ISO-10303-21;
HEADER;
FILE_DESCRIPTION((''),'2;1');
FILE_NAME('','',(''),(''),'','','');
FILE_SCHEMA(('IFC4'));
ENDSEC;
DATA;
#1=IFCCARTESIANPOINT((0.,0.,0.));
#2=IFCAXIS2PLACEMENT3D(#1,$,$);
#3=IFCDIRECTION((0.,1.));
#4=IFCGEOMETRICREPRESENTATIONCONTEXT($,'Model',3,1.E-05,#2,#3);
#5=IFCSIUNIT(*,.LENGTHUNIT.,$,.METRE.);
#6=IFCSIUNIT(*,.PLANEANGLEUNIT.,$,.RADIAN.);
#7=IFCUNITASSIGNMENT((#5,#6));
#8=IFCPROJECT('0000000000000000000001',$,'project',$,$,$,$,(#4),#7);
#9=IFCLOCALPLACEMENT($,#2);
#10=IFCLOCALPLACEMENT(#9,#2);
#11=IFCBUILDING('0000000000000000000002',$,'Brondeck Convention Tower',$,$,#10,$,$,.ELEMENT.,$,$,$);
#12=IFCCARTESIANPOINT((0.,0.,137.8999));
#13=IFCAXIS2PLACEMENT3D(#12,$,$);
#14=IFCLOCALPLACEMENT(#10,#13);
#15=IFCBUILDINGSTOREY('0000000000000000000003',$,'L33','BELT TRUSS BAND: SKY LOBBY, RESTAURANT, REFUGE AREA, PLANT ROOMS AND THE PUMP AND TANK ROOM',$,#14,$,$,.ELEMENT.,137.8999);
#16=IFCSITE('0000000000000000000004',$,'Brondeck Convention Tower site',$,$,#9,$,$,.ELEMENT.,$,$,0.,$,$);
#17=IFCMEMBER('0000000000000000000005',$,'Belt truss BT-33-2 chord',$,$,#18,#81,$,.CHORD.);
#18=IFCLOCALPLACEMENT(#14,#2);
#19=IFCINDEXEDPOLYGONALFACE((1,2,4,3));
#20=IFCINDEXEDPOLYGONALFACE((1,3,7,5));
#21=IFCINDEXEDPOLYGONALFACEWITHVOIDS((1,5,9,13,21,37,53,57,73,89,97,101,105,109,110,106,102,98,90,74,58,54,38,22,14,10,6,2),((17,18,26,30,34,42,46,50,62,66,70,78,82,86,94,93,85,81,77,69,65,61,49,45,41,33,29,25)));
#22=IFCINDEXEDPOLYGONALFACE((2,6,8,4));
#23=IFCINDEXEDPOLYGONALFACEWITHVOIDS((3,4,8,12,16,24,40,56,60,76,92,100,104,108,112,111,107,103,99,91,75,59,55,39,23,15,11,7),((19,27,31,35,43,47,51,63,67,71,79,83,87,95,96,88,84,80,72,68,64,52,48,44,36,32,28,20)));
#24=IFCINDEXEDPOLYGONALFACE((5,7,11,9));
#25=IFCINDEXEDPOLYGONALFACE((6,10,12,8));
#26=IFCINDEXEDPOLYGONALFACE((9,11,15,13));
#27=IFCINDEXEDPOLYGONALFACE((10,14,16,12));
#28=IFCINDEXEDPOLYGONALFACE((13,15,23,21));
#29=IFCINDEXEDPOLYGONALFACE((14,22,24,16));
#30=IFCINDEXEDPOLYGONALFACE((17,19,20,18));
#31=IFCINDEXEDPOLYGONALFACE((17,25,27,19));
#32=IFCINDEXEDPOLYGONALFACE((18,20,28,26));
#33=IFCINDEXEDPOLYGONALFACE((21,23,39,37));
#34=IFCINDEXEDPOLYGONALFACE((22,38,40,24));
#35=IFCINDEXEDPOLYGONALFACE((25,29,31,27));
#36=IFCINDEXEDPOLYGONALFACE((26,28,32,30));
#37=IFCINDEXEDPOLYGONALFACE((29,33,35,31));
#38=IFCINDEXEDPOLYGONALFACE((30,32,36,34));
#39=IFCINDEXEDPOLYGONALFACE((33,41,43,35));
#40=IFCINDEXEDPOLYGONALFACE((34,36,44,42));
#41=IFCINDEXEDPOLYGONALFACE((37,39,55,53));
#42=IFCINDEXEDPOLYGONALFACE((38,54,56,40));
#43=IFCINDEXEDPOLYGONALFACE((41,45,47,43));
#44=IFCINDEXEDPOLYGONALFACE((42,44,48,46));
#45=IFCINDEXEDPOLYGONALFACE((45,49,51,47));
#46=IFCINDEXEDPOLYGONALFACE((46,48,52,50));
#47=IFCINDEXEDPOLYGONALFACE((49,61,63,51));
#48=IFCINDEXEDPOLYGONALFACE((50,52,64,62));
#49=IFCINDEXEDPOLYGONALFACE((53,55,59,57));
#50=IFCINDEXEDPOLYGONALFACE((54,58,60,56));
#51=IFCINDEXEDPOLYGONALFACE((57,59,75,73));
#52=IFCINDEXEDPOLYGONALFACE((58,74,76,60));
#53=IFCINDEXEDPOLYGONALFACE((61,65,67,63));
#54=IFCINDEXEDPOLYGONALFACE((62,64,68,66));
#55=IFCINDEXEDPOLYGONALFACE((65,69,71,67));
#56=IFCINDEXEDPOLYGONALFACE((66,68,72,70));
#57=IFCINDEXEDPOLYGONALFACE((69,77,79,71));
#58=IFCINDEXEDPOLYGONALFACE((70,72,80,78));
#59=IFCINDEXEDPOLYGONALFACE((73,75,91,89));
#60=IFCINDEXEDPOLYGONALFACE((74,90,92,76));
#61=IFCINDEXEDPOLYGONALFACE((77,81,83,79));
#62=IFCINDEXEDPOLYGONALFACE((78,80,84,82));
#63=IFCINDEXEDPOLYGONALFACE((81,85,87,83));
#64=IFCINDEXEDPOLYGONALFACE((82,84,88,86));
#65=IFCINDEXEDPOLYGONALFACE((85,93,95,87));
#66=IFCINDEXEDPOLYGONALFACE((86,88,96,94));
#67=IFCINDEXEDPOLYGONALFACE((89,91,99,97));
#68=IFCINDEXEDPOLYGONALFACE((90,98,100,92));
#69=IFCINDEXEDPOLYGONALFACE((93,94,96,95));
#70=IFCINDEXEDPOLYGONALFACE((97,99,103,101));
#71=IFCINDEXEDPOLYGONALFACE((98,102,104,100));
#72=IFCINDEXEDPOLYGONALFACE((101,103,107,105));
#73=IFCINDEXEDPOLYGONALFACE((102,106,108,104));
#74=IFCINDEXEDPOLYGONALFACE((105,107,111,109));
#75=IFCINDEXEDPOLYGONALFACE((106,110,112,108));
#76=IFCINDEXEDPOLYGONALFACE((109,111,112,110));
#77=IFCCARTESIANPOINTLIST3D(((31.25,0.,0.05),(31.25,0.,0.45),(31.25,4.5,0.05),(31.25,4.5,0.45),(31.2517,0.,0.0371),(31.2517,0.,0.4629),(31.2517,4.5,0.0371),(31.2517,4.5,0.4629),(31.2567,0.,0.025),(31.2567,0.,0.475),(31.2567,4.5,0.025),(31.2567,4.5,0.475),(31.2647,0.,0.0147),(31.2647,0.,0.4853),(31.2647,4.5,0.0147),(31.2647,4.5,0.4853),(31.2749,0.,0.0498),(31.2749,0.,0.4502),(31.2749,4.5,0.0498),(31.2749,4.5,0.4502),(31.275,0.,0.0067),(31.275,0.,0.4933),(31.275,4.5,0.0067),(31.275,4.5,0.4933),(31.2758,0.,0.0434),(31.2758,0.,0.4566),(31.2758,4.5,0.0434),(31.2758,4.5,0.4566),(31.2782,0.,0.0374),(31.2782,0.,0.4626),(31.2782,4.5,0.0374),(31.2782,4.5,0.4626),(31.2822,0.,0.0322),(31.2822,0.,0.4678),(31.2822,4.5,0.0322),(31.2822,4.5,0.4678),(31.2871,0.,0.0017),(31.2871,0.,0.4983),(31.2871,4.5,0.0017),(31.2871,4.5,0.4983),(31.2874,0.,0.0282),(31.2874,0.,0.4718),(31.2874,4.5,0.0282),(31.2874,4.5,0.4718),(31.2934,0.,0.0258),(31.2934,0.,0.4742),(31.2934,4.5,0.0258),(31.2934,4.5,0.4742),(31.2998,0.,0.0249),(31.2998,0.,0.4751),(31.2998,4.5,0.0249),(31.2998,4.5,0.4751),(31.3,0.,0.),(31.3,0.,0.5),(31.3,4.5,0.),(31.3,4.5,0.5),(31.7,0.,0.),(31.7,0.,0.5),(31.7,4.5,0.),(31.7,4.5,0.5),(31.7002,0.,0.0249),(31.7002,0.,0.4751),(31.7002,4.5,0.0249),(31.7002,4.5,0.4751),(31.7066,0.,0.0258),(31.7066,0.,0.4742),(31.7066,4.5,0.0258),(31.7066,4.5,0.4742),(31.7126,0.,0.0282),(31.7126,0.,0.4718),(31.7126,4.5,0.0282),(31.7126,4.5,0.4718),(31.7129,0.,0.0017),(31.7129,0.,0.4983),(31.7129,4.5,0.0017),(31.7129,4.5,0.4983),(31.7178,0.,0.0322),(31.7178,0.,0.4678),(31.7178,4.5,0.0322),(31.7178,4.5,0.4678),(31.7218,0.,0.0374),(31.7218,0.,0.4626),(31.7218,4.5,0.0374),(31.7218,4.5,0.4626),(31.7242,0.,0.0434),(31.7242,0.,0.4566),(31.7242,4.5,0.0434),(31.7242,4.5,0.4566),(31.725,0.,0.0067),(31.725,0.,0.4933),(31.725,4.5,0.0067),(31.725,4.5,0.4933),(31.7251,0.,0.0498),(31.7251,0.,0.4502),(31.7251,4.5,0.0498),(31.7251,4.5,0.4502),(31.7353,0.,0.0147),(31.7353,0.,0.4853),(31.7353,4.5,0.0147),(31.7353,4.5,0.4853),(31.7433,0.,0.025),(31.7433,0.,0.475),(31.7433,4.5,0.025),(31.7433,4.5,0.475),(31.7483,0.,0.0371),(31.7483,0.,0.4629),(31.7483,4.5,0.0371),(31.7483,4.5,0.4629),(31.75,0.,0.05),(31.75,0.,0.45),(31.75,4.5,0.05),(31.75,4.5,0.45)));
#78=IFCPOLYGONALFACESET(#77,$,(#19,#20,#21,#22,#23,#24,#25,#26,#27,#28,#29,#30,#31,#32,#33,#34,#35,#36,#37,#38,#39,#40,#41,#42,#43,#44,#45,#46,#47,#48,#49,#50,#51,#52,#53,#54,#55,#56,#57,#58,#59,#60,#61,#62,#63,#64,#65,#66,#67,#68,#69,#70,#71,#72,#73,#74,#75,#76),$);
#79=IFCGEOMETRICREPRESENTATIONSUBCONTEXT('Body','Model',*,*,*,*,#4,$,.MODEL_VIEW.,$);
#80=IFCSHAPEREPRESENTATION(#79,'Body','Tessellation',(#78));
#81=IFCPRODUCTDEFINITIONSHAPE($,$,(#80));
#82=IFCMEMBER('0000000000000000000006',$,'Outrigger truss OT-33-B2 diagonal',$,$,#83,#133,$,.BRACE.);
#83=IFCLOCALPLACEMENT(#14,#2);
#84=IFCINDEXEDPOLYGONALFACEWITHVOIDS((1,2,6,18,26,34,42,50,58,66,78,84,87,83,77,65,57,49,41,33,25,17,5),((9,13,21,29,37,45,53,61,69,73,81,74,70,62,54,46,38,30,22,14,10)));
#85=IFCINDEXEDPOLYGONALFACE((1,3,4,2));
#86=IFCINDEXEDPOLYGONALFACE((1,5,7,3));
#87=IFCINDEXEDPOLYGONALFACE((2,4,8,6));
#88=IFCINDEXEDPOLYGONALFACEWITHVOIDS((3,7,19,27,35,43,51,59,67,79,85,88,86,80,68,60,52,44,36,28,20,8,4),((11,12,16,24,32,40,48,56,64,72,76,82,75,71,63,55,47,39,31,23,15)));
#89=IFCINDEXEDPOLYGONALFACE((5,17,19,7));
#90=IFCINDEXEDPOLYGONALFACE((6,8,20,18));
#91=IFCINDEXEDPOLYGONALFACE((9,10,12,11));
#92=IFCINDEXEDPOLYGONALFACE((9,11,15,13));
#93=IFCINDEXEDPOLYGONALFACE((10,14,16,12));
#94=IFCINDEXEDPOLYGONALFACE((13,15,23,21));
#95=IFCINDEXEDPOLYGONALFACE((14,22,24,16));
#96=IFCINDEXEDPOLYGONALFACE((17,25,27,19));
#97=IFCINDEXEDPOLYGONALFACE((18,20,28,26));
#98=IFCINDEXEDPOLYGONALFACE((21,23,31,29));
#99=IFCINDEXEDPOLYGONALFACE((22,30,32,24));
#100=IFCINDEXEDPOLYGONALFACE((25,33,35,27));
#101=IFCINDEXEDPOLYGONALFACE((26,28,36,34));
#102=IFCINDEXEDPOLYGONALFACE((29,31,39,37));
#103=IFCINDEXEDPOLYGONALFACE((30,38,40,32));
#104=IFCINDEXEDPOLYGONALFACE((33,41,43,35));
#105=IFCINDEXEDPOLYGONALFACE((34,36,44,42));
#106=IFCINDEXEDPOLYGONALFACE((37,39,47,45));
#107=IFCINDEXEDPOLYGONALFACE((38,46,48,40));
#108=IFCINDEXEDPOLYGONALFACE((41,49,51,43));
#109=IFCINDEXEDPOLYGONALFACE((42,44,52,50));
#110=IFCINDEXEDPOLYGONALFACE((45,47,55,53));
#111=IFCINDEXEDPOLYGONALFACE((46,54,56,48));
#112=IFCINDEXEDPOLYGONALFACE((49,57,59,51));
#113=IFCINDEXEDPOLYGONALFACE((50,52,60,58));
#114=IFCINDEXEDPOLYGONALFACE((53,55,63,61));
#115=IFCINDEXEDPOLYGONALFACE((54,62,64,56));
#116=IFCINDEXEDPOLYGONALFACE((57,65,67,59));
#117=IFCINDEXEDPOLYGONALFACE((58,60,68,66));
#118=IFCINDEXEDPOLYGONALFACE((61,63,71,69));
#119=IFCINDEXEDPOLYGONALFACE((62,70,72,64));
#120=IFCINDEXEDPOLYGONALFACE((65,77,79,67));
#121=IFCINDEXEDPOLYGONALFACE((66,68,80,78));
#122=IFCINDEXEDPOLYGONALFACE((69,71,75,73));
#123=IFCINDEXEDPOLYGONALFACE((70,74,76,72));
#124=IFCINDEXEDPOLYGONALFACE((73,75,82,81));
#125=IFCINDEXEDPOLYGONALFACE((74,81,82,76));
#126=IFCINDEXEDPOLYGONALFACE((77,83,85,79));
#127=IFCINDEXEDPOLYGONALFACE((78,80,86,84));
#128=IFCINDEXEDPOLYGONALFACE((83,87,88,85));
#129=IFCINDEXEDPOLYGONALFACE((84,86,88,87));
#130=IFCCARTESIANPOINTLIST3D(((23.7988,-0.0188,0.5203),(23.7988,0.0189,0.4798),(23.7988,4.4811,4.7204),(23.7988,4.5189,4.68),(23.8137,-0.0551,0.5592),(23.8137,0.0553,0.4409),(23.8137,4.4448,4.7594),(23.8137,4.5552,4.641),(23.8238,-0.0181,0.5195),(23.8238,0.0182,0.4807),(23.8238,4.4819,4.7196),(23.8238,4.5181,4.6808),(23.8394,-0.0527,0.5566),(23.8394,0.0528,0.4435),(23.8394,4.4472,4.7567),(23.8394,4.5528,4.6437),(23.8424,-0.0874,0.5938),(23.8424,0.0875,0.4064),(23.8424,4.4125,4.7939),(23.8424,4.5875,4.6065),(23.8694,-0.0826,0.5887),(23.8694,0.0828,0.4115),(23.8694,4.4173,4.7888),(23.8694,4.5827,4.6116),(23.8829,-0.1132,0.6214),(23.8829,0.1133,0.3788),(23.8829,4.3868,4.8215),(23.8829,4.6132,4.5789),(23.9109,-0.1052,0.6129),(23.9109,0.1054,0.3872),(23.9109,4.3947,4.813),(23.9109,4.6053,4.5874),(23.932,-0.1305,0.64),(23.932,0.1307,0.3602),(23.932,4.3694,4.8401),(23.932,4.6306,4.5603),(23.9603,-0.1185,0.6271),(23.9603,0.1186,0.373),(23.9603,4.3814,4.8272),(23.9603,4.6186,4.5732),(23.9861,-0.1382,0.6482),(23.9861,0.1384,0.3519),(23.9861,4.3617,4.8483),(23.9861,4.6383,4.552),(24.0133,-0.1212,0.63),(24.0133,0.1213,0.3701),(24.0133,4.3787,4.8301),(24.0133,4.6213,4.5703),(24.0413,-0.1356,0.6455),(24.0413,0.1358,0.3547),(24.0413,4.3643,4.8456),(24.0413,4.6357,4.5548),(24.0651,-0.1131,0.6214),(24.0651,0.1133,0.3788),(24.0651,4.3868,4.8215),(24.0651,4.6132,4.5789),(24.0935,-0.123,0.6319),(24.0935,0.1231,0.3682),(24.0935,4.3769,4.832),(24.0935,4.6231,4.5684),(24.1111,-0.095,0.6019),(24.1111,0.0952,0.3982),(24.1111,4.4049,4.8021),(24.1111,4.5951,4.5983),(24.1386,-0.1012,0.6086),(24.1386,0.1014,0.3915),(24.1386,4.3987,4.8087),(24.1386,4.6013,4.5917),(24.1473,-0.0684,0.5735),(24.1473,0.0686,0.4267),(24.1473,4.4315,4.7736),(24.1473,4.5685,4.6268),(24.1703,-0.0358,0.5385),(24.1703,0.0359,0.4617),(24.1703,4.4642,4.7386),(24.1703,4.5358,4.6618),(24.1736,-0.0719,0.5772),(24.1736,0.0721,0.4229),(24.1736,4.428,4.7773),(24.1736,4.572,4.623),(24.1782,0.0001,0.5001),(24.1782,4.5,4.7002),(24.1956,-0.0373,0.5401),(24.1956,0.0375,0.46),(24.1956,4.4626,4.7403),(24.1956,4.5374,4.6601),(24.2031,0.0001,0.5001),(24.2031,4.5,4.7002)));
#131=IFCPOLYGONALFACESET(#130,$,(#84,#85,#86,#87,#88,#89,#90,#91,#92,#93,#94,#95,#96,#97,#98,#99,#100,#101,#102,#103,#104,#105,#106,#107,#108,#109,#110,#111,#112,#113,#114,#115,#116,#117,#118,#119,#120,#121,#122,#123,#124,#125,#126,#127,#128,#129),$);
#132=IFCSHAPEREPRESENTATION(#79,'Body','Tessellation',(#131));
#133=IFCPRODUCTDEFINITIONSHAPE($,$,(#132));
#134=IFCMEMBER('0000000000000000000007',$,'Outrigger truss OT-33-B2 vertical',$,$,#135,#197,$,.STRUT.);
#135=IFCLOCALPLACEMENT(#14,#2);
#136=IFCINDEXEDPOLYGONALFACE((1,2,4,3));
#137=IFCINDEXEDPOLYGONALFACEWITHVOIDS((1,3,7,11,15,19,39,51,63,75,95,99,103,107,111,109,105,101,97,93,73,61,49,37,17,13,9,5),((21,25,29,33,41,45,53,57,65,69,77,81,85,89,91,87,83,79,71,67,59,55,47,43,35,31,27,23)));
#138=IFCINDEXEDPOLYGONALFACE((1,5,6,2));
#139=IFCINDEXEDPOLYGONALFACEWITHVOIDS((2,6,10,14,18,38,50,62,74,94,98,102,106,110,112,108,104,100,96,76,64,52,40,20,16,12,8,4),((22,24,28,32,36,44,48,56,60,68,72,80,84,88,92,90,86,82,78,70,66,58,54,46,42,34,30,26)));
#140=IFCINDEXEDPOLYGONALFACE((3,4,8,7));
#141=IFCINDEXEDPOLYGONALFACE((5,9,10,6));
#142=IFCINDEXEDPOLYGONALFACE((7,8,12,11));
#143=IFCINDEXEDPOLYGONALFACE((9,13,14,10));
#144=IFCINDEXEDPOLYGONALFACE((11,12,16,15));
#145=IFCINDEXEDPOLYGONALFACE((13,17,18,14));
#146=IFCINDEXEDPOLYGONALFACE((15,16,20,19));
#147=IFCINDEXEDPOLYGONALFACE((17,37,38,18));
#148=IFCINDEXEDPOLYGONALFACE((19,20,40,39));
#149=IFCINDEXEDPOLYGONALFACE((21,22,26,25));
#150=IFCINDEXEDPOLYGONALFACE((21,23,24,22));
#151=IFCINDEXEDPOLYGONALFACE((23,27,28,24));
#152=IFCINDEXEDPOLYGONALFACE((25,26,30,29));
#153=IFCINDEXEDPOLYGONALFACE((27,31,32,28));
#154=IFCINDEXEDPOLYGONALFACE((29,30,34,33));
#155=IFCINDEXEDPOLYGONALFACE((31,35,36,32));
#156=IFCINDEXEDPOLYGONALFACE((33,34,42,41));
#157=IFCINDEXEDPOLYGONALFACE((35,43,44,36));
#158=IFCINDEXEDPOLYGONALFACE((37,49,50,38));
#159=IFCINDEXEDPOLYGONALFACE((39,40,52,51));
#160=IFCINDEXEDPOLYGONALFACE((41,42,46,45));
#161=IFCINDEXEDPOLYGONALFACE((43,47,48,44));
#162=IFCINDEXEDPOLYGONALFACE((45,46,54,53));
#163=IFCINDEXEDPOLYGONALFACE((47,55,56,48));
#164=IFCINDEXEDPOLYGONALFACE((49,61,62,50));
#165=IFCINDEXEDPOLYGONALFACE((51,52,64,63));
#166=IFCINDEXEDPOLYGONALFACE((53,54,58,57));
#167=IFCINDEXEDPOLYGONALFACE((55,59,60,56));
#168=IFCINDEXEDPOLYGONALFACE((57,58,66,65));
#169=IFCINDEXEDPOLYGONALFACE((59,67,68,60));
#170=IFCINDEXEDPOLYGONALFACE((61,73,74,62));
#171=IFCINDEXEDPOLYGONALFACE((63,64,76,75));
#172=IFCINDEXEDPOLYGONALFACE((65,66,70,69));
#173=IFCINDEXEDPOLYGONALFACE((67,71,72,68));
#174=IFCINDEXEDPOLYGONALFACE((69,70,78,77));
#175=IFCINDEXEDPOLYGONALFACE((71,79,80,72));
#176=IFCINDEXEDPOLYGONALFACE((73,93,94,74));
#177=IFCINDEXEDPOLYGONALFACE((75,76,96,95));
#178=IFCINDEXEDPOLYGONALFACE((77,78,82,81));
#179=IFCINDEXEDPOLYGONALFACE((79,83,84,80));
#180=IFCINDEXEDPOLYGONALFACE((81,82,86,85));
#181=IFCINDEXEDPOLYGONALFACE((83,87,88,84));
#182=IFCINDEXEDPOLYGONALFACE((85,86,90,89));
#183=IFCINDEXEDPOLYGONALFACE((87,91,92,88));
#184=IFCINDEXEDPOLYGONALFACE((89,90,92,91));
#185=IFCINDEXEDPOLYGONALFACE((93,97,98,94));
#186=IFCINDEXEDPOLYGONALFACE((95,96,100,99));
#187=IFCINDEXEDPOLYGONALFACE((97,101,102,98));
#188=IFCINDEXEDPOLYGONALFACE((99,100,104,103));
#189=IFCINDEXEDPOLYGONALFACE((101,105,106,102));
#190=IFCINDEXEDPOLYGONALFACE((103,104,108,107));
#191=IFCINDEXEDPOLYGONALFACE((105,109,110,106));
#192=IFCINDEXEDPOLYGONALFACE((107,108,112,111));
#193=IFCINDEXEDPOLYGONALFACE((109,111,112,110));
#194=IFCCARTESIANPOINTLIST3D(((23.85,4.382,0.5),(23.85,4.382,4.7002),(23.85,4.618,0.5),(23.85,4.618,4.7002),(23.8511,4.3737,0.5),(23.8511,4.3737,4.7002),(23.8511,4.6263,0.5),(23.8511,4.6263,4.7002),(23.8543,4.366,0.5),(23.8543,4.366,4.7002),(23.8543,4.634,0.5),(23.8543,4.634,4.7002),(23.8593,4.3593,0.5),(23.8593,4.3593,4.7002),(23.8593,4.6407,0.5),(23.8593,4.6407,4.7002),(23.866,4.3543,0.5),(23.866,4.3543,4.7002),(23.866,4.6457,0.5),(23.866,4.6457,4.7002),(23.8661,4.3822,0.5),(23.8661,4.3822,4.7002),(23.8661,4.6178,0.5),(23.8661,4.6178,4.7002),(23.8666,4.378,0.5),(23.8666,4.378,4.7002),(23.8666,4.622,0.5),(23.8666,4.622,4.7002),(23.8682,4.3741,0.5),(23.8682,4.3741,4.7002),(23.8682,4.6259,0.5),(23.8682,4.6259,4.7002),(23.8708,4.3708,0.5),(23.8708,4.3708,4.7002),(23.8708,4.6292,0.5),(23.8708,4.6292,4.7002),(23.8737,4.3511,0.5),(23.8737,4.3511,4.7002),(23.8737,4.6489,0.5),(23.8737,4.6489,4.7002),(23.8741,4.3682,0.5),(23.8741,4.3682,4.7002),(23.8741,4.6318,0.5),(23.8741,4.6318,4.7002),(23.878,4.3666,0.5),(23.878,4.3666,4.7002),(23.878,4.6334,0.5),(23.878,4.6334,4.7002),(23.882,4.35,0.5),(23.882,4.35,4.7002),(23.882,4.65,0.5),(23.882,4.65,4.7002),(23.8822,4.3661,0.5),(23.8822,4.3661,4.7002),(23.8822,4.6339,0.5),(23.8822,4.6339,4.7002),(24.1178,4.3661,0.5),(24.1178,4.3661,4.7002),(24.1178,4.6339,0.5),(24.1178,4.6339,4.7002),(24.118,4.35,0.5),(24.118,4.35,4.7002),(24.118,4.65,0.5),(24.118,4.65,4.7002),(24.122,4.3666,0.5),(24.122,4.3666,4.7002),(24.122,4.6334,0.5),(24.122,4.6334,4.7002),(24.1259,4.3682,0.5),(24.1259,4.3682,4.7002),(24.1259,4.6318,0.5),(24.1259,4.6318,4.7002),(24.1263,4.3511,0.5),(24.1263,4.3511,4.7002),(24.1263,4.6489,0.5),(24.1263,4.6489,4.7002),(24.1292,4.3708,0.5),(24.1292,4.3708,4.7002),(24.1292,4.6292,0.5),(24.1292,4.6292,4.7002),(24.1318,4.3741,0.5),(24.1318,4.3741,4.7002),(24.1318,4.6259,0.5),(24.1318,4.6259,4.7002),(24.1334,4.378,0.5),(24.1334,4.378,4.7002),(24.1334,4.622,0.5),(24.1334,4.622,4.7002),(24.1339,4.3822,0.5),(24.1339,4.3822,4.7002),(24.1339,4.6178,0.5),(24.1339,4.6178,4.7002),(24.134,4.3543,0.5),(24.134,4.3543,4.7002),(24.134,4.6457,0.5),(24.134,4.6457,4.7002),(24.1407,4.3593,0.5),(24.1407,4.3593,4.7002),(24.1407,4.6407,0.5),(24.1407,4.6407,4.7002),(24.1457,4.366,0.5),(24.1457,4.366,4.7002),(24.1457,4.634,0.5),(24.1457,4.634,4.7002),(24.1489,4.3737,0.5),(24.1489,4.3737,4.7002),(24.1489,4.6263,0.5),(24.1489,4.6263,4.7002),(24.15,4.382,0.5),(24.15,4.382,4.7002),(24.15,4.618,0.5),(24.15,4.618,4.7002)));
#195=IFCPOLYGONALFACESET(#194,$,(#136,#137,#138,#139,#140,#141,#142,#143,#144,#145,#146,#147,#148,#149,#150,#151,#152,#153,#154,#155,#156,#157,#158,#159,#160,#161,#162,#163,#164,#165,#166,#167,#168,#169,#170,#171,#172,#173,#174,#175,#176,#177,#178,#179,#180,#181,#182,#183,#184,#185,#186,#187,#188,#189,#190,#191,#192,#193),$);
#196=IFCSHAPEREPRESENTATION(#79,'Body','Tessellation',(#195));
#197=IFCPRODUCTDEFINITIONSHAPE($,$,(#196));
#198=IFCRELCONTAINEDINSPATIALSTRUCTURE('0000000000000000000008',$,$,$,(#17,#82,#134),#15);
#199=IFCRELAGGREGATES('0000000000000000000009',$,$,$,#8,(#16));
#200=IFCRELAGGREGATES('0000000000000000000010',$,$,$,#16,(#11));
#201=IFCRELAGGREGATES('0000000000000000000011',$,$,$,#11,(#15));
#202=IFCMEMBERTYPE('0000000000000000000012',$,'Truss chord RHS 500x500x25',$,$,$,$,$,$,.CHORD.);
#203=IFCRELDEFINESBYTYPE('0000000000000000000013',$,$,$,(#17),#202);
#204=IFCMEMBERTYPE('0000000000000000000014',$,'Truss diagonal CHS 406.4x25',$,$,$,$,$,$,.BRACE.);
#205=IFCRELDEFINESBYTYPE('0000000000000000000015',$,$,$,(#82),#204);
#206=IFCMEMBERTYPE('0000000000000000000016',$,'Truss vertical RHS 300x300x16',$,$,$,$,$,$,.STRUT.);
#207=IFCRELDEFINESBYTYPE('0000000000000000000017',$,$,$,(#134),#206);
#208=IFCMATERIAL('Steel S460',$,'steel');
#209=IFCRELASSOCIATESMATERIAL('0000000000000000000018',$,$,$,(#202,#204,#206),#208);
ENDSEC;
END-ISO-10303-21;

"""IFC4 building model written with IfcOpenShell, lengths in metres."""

from ifc_helpers import new_model, si_unit, direction, frame, origin, origin_2d, place, context, subcontext, project, spatial, hollow_rectangle, hollow_circle, extrude, material, material_profile, profile_set, type_object, element, save


model = new_model("IFC4")

# Units and contexts
model_context = context("Model", 3, precision=1e-05, world=origin(), true_north=direction((0.0, 1.0)))
body_context = subcontext(model_context, "Body", "Model", "MODEL_VIEW")
ifc_project = project(units=[si_unit("LENGTHUNIT", "METRE"), si_unit("PLANEANGLEUNIT", "RADIAN")], contexts=[model_context])

# Site, building, storey
site_placement = place(None, origin())
site = spatial("IfcSite", under=ifc_project, at=site_placement, Name="Brondeck Convention Tower site", CompositionType="ELEMENT", RefElevation=0.0)
building_placement = place(site_placement, origin())
building = spatial("IfcBuilding", under=site, at=building_placement, Name="Brondeck Convention Tower", CompositionType="ELEMENT")
storey_placement = place(building_placement, frame((0.0, 0.0, 137.8999)))
storey = spatial("IfcBuildingStorey", under=building, at=storey_placement, Name="L33", Description="BELT TRUSS BAND: SKY LOBBY, RESTAURANT, REFUGE AREA, PLANT ROOMS AND THE PUMP AND TANK ROOM", CompositionType="ELEMENT", Elevation=137.8999)

# Shared definitions
ifc_material_1 = material(Name="Steel S460", Category="steel")

# Members
ifc_material_profile_1 = material_profile(ifc_material_1, hollow_rectangle(XDim=0.5, YDim=0.5, WallThickness=0.0249, InnerFilletRadius=0.0249, OuterFilletRadius=0.05, at=origin_2d()), Name="RHS 500x500x25")
ifc_profile_set_1 = profile_set([ifc_material_profile_1], Name="Steel S460")
member_type_1 = type_object("IfcMemberType", Name="Truss chord RHS 500x500x25", PredefinedType="CHORD", material=ifc_profile_set_1)
member_1_placement = place(storey_placement, frame((31.5, 0.0, 0.25), z_axis=(0.0, 1.0, 0.0), x_axis=(-1.0, 0.0, 0.0)))
element("IfcMember", 1, at=member_1_placement, inside=storey, type_object=member_type_1, Name="Belt truss BT-33-2 chord", PredefinedType="CHORD", context=body_context, shape_type="SweptSolid", body=[
    extrude(hollow_rectangle(XDim=0.5, YDim=0.5, WallThickness=0.0249, InnerFilletRadius=0.0249, OuterFilletRadius=0.05, at=origin_2d()), origin(), (0.0, 0.0, 1.0), 4.5),
])
ifc_material_profile_2 = material_profile(ifc_material_1, hollow_circle(Radius=0.2031, WallThickness=0.0249, at=origin_2d()), Name="CHS 406.4x25")
ifc_profile_set_2 = profile_set([ifc_material_profile_2], Name="Steel S460")
member_type_2 = type_object("IfcMemberType", Name="Truss diagonal CHS 406.4x25", PredefinedType="BRACE", material=ifc_profile_set_2)
member_2_placement = place(storey_placement, frame((24.0, 4.5, 4.7002), z_axis=(0.0, -0.731039, -0.682335), x_axis=(1.0, 0.0, 0.0)))
element("IfcMember", 2, at=member_2_placement, inside=storey, type_object=member_type_2, Name="Outrigger truss OT-33-B2 diagonal", PredefinedType="BRACE", context=body_context, shape_type="SweptSolid", body=[
    extrude(hollow_circle(Radius=0.2031, WallThickness=0.0249, at=origin_2d()), origin(), (0.0, 0.0, 1.0), 6.1555),
])
ifc_material_profile_3 = material_profile(ifc_material_1, hollow_rectangle(XDim=0.3, YDim=0.3, WallThickness=0.0161, InnerFilletRadius=0.0161, OuterFilletRadius=0.032, at=origin_2d()), Name="RHS 300x300x16")
ifc_profile_set_3 = profile_set([ifc_material_profile_3], Name="Steel S460")
member_type_3 = type_object("IfcMemberType", Name="Truss vertical RHS 300x300x16", PredefinedType="STRUT", material=ifc_profile_set_3)
for number, where, z_axis, x_axis, name in (
    (3, (24.0, 4.5, 0.5), (0.0, 0.0, 1.0), (1.0, 0.0, 0.0), "Outrigger truss OT-33-B2 vertical"),
):
    element("IfcMember", number, at=place(storey_placement, frame(where, z_axis=z_axis, x_axis=x_axis)), inside=storey, type_object=member_type_3, Name=name, PredefinedType="STRUT", context=body_context, shape_type="SweptSolid", body=[
        extrude(hollow_rectangle(XDim=0.3, YDim=0.3, WallThickness=0.0161, InnerFilletRadius=0.0161, OuterFilletRadius=0.032, at=origin_2d()), origin(), (0.0, 0.0, 1.0), 4.2002),
    ])

save(model, "model.ifc")
